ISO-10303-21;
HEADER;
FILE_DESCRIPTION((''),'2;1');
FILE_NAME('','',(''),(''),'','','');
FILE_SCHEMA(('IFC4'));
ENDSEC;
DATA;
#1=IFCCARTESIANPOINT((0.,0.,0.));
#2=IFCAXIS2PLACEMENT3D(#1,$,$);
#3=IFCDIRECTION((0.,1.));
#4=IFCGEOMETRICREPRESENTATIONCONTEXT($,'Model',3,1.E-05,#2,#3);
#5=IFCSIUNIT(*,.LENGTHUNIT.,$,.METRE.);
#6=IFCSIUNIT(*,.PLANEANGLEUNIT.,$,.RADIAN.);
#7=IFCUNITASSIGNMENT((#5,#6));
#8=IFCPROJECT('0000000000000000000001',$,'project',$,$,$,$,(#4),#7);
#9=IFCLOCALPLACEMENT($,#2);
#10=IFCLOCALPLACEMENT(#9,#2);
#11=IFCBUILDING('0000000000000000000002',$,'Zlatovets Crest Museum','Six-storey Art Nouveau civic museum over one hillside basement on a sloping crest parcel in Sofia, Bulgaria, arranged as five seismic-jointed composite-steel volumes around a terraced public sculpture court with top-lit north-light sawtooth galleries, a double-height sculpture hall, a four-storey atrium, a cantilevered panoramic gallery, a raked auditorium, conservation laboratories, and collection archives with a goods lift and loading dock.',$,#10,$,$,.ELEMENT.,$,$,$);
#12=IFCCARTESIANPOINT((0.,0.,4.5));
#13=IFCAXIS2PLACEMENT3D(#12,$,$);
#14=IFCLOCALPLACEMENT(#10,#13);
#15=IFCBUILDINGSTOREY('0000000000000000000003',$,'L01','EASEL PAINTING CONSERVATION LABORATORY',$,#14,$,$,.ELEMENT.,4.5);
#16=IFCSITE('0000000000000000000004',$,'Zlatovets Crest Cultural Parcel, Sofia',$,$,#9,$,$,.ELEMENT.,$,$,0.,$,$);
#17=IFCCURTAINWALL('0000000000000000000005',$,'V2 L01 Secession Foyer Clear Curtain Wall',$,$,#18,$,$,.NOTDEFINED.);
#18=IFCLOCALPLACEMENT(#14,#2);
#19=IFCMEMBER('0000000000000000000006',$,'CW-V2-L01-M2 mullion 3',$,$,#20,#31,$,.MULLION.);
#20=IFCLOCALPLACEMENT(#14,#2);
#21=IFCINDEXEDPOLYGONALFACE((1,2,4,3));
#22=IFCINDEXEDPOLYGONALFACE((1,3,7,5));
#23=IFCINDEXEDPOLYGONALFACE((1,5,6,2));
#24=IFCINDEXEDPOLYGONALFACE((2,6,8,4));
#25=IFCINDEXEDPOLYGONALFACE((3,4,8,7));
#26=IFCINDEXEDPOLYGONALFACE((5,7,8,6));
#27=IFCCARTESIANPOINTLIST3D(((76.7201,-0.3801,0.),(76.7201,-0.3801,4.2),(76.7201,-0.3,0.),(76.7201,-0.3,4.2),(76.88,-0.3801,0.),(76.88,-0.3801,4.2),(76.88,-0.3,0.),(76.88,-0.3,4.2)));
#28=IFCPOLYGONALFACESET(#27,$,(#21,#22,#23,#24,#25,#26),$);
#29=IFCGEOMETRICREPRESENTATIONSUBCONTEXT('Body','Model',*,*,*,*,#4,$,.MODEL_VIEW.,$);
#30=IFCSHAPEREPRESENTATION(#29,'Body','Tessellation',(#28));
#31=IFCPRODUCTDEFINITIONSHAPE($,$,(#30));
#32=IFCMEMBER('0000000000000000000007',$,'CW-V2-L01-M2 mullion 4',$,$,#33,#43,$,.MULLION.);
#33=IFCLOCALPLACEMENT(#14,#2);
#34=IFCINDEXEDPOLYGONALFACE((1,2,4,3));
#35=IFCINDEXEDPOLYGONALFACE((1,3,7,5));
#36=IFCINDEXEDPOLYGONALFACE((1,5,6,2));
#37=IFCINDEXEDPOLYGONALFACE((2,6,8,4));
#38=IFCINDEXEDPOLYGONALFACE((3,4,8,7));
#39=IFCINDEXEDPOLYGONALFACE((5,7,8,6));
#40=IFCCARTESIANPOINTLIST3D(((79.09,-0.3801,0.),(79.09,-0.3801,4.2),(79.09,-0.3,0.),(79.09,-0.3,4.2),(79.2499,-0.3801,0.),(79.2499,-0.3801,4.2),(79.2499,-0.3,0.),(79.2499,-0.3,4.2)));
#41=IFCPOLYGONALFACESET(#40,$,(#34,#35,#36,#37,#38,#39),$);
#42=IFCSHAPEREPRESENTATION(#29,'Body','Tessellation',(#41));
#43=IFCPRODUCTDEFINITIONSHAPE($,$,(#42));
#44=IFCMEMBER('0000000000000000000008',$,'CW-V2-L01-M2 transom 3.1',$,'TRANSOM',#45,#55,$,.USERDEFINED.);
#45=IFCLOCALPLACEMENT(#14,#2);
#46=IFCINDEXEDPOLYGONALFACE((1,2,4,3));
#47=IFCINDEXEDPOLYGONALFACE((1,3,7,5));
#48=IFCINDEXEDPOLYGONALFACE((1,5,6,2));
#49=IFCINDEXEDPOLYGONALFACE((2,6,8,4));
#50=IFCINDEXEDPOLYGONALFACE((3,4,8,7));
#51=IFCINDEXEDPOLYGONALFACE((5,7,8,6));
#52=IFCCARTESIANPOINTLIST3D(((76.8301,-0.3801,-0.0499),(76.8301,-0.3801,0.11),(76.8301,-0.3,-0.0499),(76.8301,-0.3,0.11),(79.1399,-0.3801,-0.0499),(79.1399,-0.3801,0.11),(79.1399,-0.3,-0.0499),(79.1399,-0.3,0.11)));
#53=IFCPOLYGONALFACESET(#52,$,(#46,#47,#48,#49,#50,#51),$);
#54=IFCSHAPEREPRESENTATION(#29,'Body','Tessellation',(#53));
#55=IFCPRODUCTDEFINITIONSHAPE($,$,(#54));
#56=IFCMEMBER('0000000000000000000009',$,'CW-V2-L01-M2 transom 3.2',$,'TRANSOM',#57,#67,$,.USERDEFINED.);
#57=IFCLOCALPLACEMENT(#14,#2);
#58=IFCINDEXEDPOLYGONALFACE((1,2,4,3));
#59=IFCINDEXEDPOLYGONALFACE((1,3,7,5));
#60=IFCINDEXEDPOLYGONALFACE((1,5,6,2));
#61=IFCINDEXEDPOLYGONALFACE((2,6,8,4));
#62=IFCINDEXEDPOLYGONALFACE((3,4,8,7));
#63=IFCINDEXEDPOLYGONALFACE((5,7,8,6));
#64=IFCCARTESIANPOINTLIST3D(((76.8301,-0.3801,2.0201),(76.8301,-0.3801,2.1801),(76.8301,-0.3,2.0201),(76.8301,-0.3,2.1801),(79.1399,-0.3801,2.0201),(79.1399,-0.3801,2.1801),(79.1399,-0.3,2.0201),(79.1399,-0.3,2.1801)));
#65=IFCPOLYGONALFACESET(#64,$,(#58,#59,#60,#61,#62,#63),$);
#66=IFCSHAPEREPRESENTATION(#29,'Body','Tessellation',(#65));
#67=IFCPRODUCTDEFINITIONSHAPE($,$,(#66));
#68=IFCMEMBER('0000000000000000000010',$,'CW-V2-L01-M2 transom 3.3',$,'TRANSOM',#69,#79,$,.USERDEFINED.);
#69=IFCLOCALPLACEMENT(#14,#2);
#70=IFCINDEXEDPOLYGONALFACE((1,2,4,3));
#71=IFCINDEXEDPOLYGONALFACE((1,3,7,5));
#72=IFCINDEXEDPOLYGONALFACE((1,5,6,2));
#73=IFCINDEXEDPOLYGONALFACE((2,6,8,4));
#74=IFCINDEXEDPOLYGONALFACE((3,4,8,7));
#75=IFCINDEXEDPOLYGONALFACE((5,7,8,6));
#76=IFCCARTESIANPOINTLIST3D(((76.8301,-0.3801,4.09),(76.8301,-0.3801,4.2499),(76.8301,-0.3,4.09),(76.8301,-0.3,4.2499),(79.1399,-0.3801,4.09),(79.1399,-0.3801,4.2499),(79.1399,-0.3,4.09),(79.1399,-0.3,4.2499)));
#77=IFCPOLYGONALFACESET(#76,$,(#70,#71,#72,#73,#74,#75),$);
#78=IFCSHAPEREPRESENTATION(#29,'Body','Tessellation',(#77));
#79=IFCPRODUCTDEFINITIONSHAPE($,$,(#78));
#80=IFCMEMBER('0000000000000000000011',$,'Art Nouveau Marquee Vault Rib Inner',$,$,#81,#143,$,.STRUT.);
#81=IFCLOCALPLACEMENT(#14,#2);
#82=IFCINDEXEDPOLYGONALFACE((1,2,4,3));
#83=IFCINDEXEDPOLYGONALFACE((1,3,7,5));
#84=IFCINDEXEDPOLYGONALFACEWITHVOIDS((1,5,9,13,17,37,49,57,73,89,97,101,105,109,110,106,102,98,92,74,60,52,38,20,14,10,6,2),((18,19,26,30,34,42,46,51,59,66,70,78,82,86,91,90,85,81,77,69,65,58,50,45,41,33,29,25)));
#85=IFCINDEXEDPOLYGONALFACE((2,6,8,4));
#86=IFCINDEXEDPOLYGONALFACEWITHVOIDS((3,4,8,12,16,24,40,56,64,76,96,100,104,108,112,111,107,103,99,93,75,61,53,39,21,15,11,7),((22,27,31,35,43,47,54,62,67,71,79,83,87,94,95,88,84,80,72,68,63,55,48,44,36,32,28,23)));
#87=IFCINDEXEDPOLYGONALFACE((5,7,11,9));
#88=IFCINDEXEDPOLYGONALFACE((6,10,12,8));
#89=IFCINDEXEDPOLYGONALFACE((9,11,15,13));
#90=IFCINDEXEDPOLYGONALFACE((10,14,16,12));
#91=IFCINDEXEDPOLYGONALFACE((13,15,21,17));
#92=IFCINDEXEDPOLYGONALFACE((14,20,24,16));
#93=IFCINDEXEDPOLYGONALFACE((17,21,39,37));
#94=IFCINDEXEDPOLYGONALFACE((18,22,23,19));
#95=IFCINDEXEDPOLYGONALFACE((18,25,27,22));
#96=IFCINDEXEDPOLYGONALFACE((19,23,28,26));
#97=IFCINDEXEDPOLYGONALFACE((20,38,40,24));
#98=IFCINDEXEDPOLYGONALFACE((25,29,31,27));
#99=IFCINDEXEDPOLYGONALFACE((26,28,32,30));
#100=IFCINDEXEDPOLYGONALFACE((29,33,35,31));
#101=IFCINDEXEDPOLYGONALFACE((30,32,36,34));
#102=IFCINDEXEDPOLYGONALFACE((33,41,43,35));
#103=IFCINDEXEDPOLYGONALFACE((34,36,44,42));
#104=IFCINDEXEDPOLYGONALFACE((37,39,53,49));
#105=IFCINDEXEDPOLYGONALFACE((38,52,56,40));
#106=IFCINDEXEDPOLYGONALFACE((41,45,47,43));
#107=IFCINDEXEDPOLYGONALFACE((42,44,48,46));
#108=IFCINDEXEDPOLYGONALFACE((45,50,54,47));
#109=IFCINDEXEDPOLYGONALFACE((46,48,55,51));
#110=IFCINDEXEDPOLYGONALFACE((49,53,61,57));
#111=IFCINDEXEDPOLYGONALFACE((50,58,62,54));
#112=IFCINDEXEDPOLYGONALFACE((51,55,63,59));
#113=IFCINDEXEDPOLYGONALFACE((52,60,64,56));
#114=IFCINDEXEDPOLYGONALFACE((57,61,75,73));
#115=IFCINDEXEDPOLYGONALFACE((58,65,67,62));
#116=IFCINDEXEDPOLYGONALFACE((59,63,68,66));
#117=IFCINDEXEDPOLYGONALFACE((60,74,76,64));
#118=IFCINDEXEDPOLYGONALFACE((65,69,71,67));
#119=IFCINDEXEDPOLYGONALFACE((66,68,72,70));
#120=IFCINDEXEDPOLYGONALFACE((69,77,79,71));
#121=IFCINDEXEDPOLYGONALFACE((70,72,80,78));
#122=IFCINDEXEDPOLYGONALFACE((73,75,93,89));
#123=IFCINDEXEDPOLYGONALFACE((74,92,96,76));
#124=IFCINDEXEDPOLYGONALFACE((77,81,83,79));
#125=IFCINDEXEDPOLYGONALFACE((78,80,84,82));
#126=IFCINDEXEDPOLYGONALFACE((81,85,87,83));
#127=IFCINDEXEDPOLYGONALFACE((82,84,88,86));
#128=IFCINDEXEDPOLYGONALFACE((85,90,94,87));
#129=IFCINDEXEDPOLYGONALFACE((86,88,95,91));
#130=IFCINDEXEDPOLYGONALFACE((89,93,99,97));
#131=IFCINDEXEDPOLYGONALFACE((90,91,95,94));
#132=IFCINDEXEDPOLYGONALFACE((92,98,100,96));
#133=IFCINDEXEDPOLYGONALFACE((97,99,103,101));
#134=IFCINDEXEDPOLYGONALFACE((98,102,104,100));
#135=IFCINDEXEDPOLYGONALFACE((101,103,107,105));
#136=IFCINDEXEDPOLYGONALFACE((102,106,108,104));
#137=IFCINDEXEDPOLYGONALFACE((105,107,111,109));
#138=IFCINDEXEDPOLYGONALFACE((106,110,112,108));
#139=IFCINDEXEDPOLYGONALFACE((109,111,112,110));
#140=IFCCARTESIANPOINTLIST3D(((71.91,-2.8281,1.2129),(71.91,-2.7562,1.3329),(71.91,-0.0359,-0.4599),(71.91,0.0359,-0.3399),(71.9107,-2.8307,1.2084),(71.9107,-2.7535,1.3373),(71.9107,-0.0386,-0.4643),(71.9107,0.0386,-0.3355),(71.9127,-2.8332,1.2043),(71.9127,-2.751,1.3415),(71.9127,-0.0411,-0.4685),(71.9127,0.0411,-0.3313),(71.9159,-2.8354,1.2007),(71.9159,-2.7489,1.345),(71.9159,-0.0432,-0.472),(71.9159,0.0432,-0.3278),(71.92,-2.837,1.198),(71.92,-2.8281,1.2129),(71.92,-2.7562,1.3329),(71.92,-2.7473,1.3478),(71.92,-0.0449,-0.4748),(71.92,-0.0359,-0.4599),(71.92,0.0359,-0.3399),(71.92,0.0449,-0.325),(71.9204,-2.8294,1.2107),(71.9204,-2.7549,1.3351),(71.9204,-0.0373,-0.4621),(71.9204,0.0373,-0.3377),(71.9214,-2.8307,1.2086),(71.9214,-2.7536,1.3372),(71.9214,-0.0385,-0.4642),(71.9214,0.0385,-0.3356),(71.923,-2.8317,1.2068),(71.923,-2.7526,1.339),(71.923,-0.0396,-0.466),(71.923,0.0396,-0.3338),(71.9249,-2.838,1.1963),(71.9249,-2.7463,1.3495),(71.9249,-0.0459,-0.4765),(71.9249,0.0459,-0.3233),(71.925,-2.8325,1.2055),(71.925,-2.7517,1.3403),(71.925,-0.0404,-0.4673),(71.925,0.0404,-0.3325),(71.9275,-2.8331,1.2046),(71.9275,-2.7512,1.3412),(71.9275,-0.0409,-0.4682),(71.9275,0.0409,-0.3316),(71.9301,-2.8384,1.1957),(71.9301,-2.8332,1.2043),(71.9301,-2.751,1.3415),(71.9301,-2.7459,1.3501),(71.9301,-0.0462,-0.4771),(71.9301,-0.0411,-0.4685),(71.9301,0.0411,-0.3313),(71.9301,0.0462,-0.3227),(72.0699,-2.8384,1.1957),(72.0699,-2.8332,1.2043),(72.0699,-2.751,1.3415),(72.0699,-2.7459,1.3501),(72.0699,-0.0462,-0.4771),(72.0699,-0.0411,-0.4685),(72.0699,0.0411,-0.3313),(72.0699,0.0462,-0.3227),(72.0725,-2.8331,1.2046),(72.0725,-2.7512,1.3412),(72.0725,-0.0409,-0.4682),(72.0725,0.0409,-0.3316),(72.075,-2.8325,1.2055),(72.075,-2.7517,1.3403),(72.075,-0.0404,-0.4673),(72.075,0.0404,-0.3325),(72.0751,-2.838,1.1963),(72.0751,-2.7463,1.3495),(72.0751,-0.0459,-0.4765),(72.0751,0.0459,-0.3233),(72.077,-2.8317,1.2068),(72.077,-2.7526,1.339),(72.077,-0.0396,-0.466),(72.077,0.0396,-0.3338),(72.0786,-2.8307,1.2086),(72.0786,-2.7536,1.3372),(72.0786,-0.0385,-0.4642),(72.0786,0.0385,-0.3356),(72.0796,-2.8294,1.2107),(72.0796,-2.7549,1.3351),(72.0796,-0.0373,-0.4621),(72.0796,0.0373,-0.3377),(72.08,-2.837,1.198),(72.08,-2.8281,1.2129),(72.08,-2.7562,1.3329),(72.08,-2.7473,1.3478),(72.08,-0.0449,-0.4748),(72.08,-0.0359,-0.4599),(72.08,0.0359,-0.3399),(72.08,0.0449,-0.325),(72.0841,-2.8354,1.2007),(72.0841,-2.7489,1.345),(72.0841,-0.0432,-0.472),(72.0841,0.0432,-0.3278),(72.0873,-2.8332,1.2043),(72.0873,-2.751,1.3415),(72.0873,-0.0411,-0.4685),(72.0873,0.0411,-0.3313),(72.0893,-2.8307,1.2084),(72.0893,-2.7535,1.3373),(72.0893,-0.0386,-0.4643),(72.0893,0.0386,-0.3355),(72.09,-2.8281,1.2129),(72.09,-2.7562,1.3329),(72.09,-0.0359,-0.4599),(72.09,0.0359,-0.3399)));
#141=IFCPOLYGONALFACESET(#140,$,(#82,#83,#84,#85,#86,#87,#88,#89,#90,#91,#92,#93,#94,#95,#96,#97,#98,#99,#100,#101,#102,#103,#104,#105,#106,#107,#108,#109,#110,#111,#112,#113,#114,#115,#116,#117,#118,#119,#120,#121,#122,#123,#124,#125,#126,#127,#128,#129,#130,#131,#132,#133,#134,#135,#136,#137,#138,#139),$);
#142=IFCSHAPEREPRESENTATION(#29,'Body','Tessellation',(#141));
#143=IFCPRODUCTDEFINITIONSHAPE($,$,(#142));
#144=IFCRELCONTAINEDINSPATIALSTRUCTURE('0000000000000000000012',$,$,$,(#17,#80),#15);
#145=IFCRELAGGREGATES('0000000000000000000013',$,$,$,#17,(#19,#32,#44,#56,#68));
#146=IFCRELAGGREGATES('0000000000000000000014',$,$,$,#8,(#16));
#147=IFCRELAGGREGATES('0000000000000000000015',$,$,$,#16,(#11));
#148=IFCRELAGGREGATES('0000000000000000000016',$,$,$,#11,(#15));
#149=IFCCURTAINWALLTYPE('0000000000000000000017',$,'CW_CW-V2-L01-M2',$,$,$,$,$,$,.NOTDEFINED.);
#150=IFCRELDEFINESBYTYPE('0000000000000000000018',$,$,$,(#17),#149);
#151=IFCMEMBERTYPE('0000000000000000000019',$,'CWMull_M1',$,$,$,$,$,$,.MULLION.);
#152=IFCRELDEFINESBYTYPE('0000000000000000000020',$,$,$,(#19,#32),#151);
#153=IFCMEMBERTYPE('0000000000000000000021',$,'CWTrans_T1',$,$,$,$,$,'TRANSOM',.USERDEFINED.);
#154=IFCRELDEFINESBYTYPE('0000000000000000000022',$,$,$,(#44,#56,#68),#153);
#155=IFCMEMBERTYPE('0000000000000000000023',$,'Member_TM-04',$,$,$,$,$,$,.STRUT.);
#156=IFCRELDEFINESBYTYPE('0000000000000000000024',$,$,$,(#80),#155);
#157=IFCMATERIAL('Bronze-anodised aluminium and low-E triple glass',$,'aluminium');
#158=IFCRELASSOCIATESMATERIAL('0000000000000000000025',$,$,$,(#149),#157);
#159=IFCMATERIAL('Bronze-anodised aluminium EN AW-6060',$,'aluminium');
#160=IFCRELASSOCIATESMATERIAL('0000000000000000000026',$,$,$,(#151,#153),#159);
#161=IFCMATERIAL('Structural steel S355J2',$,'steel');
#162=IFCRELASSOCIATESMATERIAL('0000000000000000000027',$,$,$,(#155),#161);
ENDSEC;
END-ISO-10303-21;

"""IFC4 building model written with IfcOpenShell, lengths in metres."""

from ifc_helpers import new_model, si_unit, direction, frame, origin, origin_2d, place, context, subcontext, project, spatial, rectangle, hollow_rectangle, extrude, material, material_profile, profile_set, type_object, element, aggregate, save


model = new_model("IFC4")

# Units and contexts
model_context = context("Model", 3, precision=1e-05, world=origin(), true_north=direction((0.0, 1.0)))
body_context = subcontext(model_context, "Body", "Model", "MODEL_VIEW")
ifc_project = project(units=[si_unit("LENGTHUNIT", "METRE"), si_unit("PLANEANGLEUNIT", "RADIAN")], contexts=[model_context])

# Site, building, storey
site_placement = place(None, origin())
site = spatial("IfcSite", under=ifc_project, at=site_placement, Name="Zlatovets Crest Cultural Parcel, Sofia", CompositionType="ELEMENT", RefElevation=0.0)
building_placement = place(site_placement, origin())
building = spatial("IfcBuilding", under=site, at=building_placement, Name="Zlatovets Crest Museum", Description="Six-storey Art Nouveau civic museum over one hillside basement on a sloping crest parcel in Sofia, Bulgaria, arranged as five seismic-jointed composite-steel volumes around a terraced public sculpture court with top-lit north-light sawtooth galleries, a double-height sculpture hall, a four-storey atrium, a cantilevered panoramic gallery, a raked auditorium, conservation laboratories, and collection archives with a goods lift and loading dock.", CompositionType="ELEMENT")
storey_placement = place(building_placement, frame((0.0, 0.0, 4.5)))
storey = spatial("IfcBuildingStorey", under=building, at=storey_placement, Name="L01", Description="EASEL PAINTING CONSERVATION LABORATORY", CompositionType="ELEMENT", Elevation=4.5)

# Shared definitions
ifc_material_1 = material(Name="Structural steel S355J2", Category="steel")

# Curtain wall, members
ifc_material_2 = material(Name="Bronze-anodised aluminium and low-E triple glass", Category="aluminium")
curtain_wall_type = type_object("IfcCurtainWallType", Name="CW_CW-V2-L01-M2", PredefinedType="NOTDEFINED", material=ifc_material_2)
curtain_wall_placement = place(storey_placement, origin())
curtain_wall = element("IfcCurtainWall", 1, at=curtain_wall_placement, inside=storey, type_object=curtain_wall_type, Name="V2 L01 Secession Foyer Clear Curtain Wall", PredefinedType="NOTDEFINED")
ifc_material_3 = material(Name="Bronze-anodised aluminium EN AW-6060", Category="aluminium")
ifc_material_profile_1 = material_profile(ifc_material_3, rectangle(XDim=0.0801, YDim=0.1599, at=origin_2d()), Name="ALU 80x160")
ifc_profile_set_1 = profile_set([ifc_material_profile_1], Name="Bronze-anodised aluminium EN AW-6060")
member_type_1 = type_object("IfcMemberType", Name="CWMull_M1", PredefinedType="MULLION", material=ifc_profile_set_1)
member_1_placement = place(storey_placement, frame((76.8, -0.3401, 0.0), z_axis=(0.0, 0.0, 1.0), x_axis=(0.0, 1.0, 0.0)))
member_1 = element("IfcMember", 2, at=member_1_placement, type_object=member_type_1, Name="CW-V2-L01-M2 mullion 3", PredefinedType="MULLION", context=body_context, shape_type="SweptSolid", body=[
    extrude(rectangle(XDim=0.0801, YDim=0.1599, at=origin_2d()), origin(), (0.0, 0.0, 1.0), 4.2),
])
member_2_placement = place(storey_placement, frame((79.1699, -0.3401, 0.0), z_axis=(0.0, 0.0, 1.0), x_axis=(0.0, 1.0, 0.0)))
member_2 = element("IfcMember", 3, at=member_2_placement, type_object=member_type_1, Name="CW-V2-L01-M2 mullion 4", PredefinedType="MULLION", context=body_context, shape_type="SweptSolid", body=[
    extrude(rectangle(XDim=0.0801, YDim=0.1599, at=origin_2d()), origin(), (0.0, 0.0, 1.0), 4.2),
])
ifc_material_profile_2 = material_profile(ifc_material_3, rectangle(XDim=0.0801, YDim=0.1599, at=origin_2d()), Name="ALU 80x160")
ifc_profile_set_2 = profile_set([ifc_material_profile_2], Name="Bronze-anodised aluminium EN AW-6060")
member_type_2 = type_object("IfcMemberType", Name="CWTrans_T1", ElementType="TRANSOM", PredefinedType="USERDEFINED", material=ifc_profile_set_2)
member_3_placement = place(storey_placement, frame((76.8301, -0.3401, 0.03), z_axis=(1.0, 0.0, 0.0), x_axis=(0.0, 1.0, 0.0)))
member_3 = element("IfcMember", 4, at=member_3_placement, type_object=member_type_2, Name="CW-V2-L01-M2 transom 3.1", ObjectType="TRANSOM", PredefinedType="USERDEFINED", context=body_context, shape_type="SweptSolid", body=[
    extrude(rectangle(XDim=0.0801, YDim=0.1599, at=origin_2d()), origin(), (0.0, 0.0, 1.0), 2.3098),
])
member_4_placement = place(storey_placement, frame((76.8301, -0.3401, 2.1001), z_axis=(1.0, 0.0, 0.0), x_axis=(0.0, 1.0, 0.0)))
member_4 = element("IfcMember", 5, at=member_4_placement, type_object=member_type_2, Name="CW-V2-L01-M2 transom 3.2", ObjectType="TRANSOM", PredefinedType="USERDEFINED", context=body_context, shape_type="SweptSolid", body=[
    extrude(rectangle(XDim=0.0801, YDim=0.1599, at=origin_2d()), origin(), (0.0, 0.0, 1.0), 2.3098),
])
member_5_placement = place(storey_placement, frame((76.8301, -0.3401, 4.1699), z_axis=(1.0, 0.0, 0.0), x_axis=(0.0, 1.0, 0.0)))
member_5 = element("IfcMember", 6, at=member_5_placement, type_object=member_type_2, Name="CW-V2-L01-M2 transom 3.3", ObjectType="TRANSOM", PredefinedType="USERDEFINED", context=body_context, shape_type="SweptSolid", body=[
    extrude(rectangle(XDim=0.0801, YDim=0.1599, at=origin_2d()), origin(), (0.0, 0.0, 1.0), 2.3098),
])

# Member
ifc_material_profile_3 = material_profile(ifc_material_1, hollow_rectangle(XDim=0.1799, YDim=0.1799, WallThickness=0.01, InnerFilletRadius=0.01, OuterFilletRadius=0.02, at=origin_2d()), Name="SHS 180x180x10.0")
ifc_profile_set_3 = profile_set([ifc_material_profile_3], Name="Structural steel S355J2")
member_type_3 = type_object("IfcMemberType", Name="Member_TM-04", PredefinedType="STRUT", material=ifc_profile_set_3)
member_6_placement = place(storey_placement, frame((72.0, 0.0, -0.3999), z_axis=(0.0, -0.85783, 0.513933), x_axis=(1.0, 0.0, 0.0)))
element("IfcMember", 7, at=member_6_placement, inside=storey, type_object=member_type_3, Name="Art Nouveau Marquee Vault Rib Inner", PredefinedType="STRUT", context=body_context, shape_type="SweptSolid", body=[
    extrude(hollow_rectangle(XDim=0.1799, YDim=0.1799, WallThickness=0.01, InnerFilletRadius=0.01, OuterFilletRadius=0.02, at=origin_2d()), origin(), (0.0, 0.0, 1.0), 3.2549),
])

aggregate(curtain_wall, [member_1, member_2, member_3, member_4, member_5])

save(model, "model.ifc")
